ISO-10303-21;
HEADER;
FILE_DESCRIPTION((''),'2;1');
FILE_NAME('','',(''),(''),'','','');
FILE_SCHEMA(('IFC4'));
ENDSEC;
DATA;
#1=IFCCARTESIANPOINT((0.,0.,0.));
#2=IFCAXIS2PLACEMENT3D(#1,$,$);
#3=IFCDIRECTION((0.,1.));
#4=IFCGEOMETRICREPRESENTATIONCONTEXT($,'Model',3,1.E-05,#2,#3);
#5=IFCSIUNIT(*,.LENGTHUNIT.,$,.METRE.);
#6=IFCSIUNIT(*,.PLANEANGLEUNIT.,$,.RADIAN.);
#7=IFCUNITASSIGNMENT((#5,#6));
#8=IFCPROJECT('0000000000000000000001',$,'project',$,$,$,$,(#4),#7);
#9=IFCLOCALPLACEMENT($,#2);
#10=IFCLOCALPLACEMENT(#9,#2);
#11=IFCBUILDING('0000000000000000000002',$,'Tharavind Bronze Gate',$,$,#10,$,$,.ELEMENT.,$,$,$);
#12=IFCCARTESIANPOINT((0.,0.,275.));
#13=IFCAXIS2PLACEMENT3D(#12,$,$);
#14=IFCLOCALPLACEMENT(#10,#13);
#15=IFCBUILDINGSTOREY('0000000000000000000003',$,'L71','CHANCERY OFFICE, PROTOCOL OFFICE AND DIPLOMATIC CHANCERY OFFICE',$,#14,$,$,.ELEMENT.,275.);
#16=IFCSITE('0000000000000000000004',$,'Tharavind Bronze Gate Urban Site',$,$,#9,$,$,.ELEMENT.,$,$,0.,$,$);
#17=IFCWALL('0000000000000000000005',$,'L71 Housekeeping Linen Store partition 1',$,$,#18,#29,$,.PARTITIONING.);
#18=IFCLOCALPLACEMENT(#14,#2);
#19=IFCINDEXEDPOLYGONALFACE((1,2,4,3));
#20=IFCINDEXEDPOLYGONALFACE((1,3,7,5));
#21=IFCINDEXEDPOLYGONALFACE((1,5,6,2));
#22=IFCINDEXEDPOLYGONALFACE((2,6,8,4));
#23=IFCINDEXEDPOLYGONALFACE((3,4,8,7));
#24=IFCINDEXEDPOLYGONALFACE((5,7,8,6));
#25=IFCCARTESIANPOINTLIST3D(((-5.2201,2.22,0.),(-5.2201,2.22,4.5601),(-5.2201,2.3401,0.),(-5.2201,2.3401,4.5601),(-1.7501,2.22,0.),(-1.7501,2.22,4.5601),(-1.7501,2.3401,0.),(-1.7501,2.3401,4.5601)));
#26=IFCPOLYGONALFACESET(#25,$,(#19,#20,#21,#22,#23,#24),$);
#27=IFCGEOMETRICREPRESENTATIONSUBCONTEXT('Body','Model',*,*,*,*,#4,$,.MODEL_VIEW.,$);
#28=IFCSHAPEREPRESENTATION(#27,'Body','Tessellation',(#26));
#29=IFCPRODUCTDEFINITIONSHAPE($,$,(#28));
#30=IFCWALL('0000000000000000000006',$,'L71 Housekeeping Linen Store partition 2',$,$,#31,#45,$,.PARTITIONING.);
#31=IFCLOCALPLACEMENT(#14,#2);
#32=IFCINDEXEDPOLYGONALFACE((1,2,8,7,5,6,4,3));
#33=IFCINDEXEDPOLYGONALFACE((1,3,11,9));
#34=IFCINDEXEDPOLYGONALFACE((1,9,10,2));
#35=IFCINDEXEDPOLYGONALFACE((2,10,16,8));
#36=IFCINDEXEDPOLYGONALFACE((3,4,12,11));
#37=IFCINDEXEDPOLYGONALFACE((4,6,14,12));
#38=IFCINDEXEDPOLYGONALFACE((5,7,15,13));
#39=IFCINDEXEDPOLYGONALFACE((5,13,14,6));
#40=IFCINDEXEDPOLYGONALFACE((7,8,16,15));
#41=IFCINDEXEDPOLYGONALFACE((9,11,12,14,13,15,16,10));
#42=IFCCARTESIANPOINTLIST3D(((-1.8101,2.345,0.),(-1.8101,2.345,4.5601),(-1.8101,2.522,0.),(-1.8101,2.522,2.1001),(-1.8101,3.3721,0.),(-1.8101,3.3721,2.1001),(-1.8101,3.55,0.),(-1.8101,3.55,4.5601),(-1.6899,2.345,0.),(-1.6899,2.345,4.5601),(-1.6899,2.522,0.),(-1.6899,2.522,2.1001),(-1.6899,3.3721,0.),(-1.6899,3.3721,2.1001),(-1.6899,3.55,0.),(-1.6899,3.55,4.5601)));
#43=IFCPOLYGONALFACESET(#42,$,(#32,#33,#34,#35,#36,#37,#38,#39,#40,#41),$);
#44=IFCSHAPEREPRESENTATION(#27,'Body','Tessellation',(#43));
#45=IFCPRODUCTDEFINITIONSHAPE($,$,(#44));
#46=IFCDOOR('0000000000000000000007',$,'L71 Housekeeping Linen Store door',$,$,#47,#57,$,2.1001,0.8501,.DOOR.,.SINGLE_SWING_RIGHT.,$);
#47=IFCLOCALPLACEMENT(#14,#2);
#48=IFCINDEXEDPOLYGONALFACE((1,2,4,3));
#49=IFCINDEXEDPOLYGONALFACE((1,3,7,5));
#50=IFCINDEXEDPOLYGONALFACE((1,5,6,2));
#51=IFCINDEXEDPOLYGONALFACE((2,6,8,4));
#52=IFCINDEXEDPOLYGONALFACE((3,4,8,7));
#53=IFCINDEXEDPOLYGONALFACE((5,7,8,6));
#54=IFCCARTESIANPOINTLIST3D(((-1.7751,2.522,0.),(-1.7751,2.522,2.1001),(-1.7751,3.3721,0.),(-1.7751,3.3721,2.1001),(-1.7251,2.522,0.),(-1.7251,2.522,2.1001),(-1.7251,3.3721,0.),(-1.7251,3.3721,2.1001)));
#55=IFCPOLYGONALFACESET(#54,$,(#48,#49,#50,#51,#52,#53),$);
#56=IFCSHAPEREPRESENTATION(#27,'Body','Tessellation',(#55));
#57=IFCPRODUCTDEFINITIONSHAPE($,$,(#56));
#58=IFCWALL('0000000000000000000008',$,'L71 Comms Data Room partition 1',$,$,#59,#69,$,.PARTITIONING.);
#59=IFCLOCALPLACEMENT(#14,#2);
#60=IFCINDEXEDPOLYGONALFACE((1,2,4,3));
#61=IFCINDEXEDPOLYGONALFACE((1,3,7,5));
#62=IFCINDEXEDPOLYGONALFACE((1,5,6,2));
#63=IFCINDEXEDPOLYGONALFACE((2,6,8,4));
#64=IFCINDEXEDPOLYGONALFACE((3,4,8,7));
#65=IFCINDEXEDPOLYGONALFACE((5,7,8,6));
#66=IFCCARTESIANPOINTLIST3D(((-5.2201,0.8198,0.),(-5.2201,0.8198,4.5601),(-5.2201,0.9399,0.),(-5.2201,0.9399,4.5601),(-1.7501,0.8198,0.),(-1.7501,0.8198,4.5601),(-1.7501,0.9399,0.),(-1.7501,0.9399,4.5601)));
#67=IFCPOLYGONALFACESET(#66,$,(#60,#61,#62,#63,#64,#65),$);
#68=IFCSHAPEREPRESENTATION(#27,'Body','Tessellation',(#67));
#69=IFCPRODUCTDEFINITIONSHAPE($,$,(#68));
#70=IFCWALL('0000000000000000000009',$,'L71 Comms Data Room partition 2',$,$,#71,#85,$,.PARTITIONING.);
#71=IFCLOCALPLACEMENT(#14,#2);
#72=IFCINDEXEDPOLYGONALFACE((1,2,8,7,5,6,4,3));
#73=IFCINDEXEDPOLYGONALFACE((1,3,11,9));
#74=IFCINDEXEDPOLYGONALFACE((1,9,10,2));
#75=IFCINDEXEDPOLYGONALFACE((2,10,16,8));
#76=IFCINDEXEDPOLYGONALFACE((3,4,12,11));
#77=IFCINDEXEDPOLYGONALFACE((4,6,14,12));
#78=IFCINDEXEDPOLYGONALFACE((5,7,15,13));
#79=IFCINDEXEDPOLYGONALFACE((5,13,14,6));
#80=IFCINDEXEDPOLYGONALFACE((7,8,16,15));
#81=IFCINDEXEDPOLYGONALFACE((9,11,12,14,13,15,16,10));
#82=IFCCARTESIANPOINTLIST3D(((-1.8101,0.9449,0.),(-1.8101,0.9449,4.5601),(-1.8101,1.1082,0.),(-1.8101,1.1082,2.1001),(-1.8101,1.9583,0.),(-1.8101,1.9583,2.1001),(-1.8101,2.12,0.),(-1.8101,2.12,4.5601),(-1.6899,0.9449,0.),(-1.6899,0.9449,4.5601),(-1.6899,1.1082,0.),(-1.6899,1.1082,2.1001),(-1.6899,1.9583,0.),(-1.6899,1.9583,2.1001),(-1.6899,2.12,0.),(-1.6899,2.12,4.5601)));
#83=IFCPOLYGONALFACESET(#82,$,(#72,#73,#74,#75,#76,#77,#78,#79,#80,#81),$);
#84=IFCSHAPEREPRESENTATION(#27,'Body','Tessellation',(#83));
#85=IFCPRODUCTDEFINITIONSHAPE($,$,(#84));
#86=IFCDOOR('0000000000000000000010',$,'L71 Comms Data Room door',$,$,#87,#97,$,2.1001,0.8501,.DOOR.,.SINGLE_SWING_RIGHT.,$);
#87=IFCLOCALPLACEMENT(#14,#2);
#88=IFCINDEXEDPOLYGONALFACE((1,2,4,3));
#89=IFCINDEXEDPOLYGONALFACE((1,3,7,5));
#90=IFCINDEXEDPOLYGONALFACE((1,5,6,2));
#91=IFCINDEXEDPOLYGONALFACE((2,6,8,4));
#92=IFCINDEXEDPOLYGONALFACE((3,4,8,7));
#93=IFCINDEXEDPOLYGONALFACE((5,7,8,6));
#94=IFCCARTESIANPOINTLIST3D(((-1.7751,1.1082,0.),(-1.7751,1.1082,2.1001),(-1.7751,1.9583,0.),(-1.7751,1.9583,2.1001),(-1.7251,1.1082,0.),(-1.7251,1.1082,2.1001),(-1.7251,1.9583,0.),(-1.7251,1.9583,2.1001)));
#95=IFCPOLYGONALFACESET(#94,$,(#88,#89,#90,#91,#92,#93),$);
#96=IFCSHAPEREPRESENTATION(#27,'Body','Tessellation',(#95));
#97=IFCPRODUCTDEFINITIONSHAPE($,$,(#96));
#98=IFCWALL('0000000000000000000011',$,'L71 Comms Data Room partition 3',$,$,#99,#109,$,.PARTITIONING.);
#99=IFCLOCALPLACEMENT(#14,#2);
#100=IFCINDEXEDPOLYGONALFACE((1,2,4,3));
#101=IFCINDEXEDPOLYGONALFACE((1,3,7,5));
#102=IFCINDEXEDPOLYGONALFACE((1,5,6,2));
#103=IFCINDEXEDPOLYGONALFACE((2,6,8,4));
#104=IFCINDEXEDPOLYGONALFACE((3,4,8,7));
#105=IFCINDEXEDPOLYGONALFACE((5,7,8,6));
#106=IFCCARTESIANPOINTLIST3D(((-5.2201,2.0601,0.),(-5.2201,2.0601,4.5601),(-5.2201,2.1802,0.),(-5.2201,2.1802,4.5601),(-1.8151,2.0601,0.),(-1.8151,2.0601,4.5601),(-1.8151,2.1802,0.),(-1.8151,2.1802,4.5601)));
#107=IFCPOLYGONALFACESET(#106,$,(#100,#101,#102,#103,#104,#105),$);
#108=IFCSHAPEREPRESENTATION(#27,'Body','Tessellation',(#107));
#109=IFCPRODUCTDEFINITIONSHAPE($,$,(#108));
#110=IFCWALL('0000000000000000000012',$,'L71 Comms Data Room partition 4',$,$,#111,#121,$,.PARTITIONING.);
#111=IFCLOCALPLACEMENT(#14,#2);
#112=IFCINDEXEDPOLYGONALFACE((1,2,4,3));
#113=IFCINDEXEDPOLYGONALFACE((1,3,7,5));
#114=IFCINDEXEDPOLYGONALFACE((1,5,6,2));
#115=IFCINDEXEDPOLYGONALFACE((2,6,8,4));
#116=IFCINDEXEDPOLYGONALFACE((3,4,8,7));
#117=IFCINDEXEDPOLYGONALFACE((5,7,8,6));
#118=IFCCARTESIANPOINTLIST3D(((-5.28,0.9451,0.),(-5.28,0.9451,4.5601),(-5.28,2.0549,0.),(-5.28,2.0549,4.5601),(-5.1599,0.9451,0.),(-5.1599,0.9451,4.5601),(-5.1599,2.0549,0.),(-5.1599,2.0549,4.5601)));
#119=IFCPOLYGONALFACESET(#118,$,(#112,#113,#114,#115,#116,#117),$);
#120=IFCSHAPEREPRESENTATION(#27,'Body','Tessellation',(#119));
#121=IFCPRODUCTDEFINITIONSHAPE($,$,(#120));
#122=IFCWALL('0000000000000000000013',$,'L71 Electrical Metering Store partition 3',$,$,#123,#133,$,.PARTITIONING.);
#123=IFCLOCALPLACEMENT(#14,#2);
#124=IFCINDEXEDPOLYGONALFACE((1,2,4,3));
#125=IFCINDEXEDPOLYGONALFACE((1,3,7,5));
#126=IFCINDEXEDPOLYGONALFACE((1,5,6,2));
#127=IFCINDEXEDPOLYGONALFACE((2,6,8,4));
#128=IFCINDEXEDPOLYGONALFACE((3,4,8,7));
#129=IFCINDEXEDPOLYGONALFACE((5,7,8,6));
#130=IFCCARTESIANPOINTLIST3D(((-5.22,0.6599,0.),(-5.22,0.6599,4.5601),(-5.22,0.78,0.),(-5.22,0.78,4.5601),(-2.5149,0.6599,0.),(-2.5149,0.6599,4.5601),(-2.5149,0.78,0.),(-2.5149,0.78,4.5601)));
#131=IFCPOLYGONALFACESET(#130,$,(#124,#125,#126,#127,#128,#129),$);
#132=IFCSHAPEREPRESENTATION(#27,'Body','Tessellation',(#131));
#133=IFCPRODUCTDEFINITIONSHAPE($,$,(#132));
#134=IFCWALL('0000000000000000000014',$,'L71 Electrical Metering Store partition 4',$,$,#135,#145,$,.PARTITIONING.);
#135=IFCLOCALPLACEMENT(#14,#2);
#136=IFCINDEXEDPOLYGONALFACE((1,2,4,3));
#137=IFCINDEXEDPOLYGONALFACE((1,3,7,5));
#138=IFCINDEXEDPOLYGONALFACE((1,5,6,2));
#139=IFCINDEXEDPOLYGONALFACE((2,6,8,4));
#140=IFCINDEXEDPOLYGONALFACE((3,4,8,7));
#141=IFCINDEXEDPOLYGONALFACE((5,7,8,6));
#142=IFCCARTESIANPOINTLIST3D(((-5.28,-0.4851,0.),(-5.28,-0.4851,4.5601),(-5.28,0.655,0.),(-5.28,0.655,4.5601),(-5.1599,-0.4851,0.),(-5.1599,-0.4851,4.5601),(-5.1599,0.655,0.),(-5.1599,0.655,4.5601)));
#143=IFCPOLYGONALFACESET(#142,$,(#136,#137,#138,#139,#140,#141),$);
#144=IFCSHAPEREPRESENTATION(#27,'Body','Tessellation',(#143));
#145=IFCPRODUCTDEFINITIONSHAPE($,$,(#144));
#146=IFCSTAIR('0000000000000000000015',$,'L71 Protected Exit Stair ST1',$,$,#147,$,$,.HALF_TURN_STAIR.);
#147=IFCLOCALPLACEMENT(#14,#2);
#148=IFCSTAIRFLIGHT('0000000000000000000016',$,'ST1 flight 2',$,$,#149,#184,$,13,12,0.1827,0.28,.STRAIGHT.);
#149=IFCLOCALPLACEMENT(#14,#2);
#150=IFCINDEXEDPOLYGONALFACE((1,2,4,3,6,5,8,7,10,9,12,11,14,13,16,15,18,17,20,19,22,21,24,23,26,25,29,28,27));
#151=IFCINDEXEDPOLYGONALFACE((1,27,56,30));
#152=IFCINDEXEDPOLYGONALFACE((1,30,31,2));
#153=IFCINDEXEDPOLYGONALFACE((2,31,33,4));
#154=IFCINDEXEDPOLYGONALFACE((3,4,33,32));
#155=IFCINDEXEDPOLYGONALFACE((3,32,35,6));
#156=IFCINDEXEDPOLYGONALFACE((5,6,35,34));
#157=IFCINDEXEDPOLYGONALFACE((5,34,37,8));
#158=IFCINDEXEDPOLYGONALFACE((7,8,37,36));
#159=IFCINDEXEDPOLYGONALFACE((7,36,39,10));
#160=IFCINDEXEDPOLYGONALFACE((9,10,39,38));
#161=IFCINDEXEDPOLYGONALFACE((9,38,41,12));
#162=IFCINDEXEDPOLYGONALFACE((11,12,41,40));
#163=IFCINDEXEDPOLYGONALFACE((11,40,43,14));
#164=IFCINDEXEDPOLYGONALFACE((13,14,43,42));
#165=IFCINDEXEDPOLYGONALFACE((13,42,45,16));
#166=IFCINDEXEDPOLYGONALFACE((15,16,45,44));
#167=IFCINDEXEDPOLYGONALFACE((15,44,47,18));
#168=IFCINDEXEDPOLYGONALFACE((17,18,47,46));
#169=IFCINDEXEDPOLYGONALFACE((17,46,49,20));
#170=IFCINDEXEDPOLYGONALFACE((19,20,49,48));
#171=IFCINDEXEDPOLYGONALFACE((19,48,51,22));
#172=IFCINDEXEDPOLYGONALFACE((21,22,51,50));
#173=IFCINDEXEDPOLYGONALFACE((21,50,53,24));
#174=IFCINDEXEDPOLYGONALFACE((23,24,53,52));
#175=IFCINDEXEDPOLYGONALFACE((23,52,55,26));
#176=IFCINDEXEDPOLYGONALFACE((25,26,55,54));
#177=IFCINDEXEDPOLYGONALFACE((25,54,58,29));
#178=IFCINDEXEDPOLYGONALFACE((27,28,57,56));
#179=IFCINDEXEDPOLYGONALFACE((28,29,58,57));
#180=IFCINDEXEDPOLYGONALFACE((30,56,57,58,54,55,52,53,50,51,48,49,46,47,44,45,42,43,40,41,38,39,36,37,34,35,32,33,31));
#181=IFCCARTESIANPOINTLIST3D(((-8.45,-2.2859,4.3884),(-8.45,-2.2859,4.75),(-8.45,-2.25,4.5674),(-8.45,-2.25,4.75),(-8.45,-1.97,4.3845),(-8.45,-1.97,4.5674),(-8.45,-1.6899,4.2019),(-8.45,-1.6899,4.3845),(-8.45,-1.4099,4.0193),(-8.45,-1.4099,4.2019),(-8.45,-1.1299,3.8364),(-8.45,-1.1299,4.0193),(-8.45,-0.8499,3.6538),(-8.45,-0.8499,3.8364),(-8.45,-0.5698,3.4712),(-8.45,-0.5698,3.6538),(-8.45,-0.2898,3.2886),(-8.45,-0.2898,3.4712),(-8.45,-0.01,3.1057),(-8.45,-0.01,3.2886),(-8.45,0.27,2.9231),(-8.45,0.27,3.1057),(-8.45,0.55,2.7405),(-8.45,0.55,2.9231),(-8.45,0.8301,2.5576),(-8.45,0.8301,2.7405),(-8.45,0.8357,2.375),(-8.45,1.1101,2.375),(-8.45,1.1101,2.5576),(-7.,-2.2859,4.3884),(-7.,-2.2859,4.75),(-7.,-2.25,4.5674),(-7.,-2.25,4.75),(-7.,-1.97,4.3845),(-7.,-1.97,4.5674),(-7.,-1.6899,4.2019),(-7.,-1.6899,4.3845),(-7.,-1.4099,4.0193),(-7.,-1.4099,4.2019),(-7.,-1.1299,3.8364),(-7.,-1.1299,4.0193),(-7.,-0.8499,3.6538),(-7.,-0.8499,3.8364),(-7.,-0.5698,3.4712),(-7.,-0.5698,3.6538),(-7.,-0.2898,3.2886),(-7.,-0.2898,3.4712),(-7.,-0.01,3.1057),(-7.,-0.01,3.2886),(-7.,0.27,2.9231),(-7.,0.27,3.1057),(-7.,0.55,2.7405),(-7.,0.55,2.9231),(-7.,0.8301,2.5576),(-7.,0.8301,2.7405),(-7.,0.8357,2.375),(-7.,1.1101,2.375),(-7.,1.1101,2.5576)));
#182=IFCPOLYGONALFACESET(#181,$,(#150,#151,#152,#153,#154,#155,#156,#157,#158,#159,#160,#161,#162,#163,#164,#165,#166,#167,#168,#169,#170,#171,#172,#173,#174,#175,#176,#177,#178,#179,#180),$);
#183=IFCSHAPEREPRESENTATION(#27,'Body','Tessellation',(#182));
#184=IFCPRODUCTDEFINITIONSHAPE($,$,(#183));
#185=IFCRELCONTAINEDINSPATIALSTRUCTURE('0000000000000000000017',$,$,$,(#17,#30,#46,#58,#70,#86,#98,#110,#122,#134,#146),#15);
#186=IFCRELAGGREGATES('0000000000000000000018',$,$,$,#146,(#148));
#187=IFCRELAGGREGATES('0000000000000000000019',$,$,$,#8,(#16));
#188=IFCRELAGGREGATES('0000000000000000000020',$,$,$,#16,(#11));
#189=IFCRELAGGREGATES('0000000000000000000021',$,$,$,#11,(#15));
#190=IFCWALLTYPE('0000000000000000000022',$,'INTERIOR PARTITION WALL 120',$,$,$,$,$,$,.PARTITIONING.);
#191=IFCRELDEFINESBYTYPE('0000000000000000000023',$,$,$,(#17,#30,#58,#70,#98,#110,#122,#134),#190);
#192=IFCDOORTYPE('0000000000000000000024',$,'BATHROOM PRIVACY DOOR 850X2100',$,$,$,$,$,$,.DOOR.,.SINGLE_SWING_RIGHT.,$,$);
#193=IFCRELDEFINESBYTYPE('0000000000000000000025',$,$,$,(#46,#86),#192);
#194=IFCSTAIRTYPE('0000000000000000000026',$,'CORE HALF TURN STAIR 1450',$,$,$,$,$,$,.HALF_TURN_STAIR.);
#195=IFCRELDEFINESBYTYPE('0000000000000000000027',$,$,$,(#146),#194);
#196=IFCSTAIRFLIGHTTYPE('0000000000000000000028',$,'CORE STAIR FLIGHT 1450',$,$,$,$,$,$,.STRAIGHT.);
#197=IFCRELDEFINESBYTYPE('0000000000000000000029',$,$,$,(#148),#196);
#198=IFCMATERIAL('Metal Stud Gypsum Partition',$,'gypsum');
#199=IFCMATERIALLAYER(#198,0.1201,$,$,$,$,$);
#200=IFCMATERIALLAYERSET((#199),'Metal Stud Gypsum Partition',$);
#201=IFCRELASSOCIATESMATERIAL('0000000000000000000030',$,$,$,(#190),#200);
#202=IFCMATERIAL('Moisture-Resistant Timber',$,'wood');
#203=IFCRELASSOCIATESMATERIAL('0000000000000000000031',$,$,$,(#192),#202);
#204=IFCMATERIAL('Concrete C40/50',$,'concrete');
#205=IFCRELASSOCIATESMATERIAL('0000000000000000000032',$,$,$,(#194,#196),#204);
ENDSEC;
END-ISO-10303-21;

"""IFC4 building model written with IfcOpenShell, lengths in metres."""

from ifc_helpers import new_model, si_unit, direction, frame, frame_2d, origin, place, context, subcontext, project, spatial, polyline, rectangle, outline, extrude, material, layer, layer_set, type_object, element, fill, aggregate, save


model = new_model("IFC4")

# Units and contexts
model_context = context("Model", 3, precision=1e-05, world=origin(), true_north=direction((0.0, 1.0)))
body_context = subcontext(model_context, "Body", "Model", "MODEL_VIEW")
ifc_project = project(units=[si_unit("LENGTHUNIT", "METRE"), si_unit("PLANEANGLEUNIT", "RADIAN")], contexts=[model_context])

# Site, building, storey
site_placement = place(None, origin())
site = spatial("IfcSite", under=ifc_project, at=site_placement, Name="Tharavind Bronze Gate Urban Site", CompositionType="ELEMENT", RefElevation=0.0)
building_placement = place(site_placement, origin())
building = spatial("IfcBuilding", under=site, at=building_placement, Name="Tharavind Bronze Gate", CompositionType="ELEMENT")
storey_placement = place(building_placement, frame((0.0, 0.0, 275.0)))
storey = spatial("IfcBuildingStorey", under=building, at=storey_placement, Name="L71", Description="CHANCERY OFFICE, PROTOCOL OFFICE AND DIPLOMATIC CHANCERY OFFICE", CompositionType="ELEMENT", Elevation=275.0)

# Wall
ifc_material_1 = material(Name="Metal Stud Gypsum Partition", Category="gypsum")
ifc_layer_1 = layer(ifc_material_1, 0.1201)
ifc_layer_set_1 = layer_set([ifc_layer_1], Name="Metal Stud Gypsum Partition")
wall_type = type_object("IfcWallType", Name="INTERIOR PARTITION WALL 120", PredefinedType="PARTITIONING", material=ifc_layer_set_1)
wall_1_placement = place(storey_placement, frame((-5.22, 2.28, 0.0), z_axis=(0.0, 0.0, 1.0), x_axis=(1.0, 0.0, 0.0)))
element("IfcWall", 1, at=wall_1_placement, inside=storey, type_object=wall_type, Name="L71 Housekeeping Linen Store partition 1", PredefinedType="PARTITIONING", context=body_context, shape_type="SweptSolid", body=[
    extrude(rectangle(XDim=3.47, YDim=0.1201, at=frame_2d((1.7349, 0.0))), origin(), (0.0, 0.0, 1.0), 4.5601),
])

# Wall, opening, door
wall_2_placement = place(storey_placement, frame((-1.75, 2.345, 0.0), z_axis=(0.0, 0.0, 1.0), x_axis=(0.0, 1.0, 0.0)))
wall_2 = element("IfcWall", 2, at=wall_2_placement, inside=storey, type_object=wall_type, Name="L71 Housekeeping Linen Store partition 2", PredefinedType="PARTITIONING", context=body_context, shape_type="SweptSolid", body=[
    extrude(rectangle(XDim=1.2051, YDim=0.1201, at=frame_2d((0.6025, 0.0))), origin(), (0.0, 0.0, 1.0), 4.5601),
])
opening_1_placement = place(wall_2_placement, frame((0.177, 0.0, 0.0)))
opening_1 = element("IfcOpeningElement", 3, at=opening_1_placement, cuts=wall_2, PredefinedType="OPENING", context=body_context, shape_type="SweptSolid", body=[
    extrude(rectangle(XDim=0.8501, YDim=2.1001, at=frame_2d((0.425, 1.05))), frame((0.0, 0.0701, 0.0), z_axis=(0.0, -1.0, 0.0), x_axis=(1.0, 0.0, 0.0)), (0.0, 0.0, 1.0), 0.1401),
])
ifc_material_2 = material(Name="Moisture-Resistant Timber", Category="wood")
door_type = type_object("IfcDoorType", Name="BATHROOM PRIVACY DOOR 850X2100", OperationType="SINGLE_SWING_RIGHT", PredefinedType="DOOR", material=ifc_material_2)
door_1_placement = place(opening_1_placement, frame((0.8501, 0.0, 0.0), z_axis=(0.0, 0.0, 1.0), x_axis=(-1.0, 0.0, 0.0)))
door_1 = element("IfcDoor", 4, at=door_1_placement, inside=storey, type_object=door_type, Name="L71 Housekeeping Linen Store door", OperationType="SINGLE_SWING_RIGHT", OverallHeight=2.1001, OverallWidth=0.8501, PredefinedType="DOOR", context=body_context, shape_type="SweptSolid", body=[
    extrude(rectangle(XDim=0.8501, YDim=2.1001, at=frame_2d((0.425, 1.05))), frame((0.0, 0.0249, 0.0), z_axis=(0.0, -1.0, 0.0), x_axis=(1.0, 0.0, 0.0)), (0.0, 0.0, 1.0), 0.05),
])
fill(opening_1, door_1)

# Wall
wall_3_placement = place(storey_placement, frame((-5.22, 0.8799, 0.0), z_axis=(0.0, 0.0, 1.0), x_axis=(1.0, 0.0, 0.0)))
element("IfcWall", 5, at=wall_3_placement, inside=storey, type_object=wall_type, Name="L71 Comms Data Room partition 1", PredefinedType="PARTITIONING", context=body_context, shape_type="SweptSolid", body=[
    extrude(rectangle(XDim=3.47, YDim=0.1201, at=frame_2d((1.7349, 0.0))), origin(), (0.0, 0.0, 1.0), 4.5601),
])

# Wall, opening, door
wall_4_placement = place(storey_placement, frame((-1.75, 0.9451, 0.0), z_axis=(0.0, 0.0, 1.0), x_axis=(0.0, 1.0, 0.0)))
wall_4 = element("IfcWall", 6, at=wall_4_placement, inside=storey, type_object=wall_type, Name="L71 Comms Data Room partition 2", PredefinedType="PARTITIONING", context=body_context, shape_type="SweptSolid", body=[
    extrude(rectangle(XDim=1.175, YDim=0.1201, at=frame_2d((0.5874, 0.0))), origin(), (0.0, 0.0, 1.0), 4.5601),
])
opening_2_placement = place(wall_4_placement, frame((0.1631, 0.0, 0.0)))
opening_2 = element("IfcOpeningElement", 7, at=opening_2_placement, cuts=wall_4, PredefinedType="OPENING", context=body_context, shape_type="SweptSolid", body=[
    extrude(rectangle(XDim=0.8501, YDim=2.1001, at=frame_2d((0.425, 1.05))), frame((0.0, 0.0701, 0.0), z_axis=(0.0, -1.0, 0.0), x_axis=(1.0, 0.0, 0.0)), (0.0, 0.0, 1.0), 0.1401),
])
door_2_placement = place(opening_2_placement, frame((0.8501, 0.0, 0.0), z_axis=(0.0, 0.0, 1.0), x_axis=(-1.0, 0.0, 0.0)))
door_2 = element("IfcDoor", 8, at=door_2_placement, inside=storey, type_object=door_type, Name="L71 Comms Data Room door", OperationType="SINGLE_SWING_RIGHT", OverallHeight=2.1001, OverallWidth=0.8501, PredefinedType="DOOR", context=body_context, shape_type="SweptSolid", body=[
    extrude(rectangle(XDim=0.8501, YDim=2.1001, at=frame_2d((0.425, 1.05))), frame((0.0, 0.0249, 0.0), z_axis=(0.0, -1.0, 0.0), x_axis=(1.0, 0.0, 0.0)), (0.0, 0.0, 1.0), 0.05),
])
fill(opening_2, door_2)

# Walls
wall_5_placement = place(storey_placement, frame((-1.8149, 2.1201, 0.0), z_axis=(0.0, 0.0, 1.0), x_axis=(-1.0, 0.0, 0.0)))
element("IfcWall", 9, at=wall_5_placement, inside=storey, type_object=wall_type, Name="L71 Comms Data Room partition 3", PredefinedType="PARTITIONING", context=body_context, shape_type="SweptSolid", body=[
    extrude(rectangle(XDim=3.405, YDim=0.1201, at=frame_2d((1.7026, 0.0))), origin(), (0.0, 0.0, 1.0), 4.5601),
])
wall_6_placement = place(storey_placement, frame((-5.22, 2.0549, 0.0), z_axis=(0.0, 0.0, 1.0), x_axis=(0.0, -1.0, 0.0)))
element("IfcWall", 10, at=wall_6_placement, inside=storey, type_object=wall_type, Name="L71 Comms Data Room partition 4", PredefinedType="PARTITIONING", context=body_context, shape_type="SweptSolid", body=[
    extrude(rectangle(XDim=1.1099, YDim=0.1201, at=frame_2d((0.5549, 0.0))), origin(), (0.0, 0.0, 1.0), 4.5601),
])
wall_7_placement = place(storey_placement, frame((-2.5149, 0.72, 0.0), z_axis=(0.0, 0.0, 1.0), x_axis=(-1.0, 0.0, 0.0)))
element("IfcWall", 11, at=wall_7_placement, inside=storey, type_object=wall_type, Name="L71 Electrical Metering Store partition 3", PredefinedType="PARTITIONING", context=body_context, shape_type="SweptSolid", body=[
    extrude(rectangle(XDim=2.7051, YDim=0.1201, at=frame_2d((1.3525, 0.0))), origin(), (0.0, 0.0, 1.0), 4.5601),
])
wall_8_placement = place(storey_placement, frame((-5.22, 0.655, 0.0), z_axis=(0.0, 0.0, 1.0), x_axis=(0.0, -1.0, 0.0)))
element("IfcWall", 12, at=wall_8_placement, inside=storey, type_object=wall_type, Name="L71 Electrical Metering Store partition 4", PredefinedType="PARTITIONING", context=body_context, shape_type="SweptSolid", body=[
    extrude(rectangle(XDim=1.1401, YDim=0.1201, at=frame_2d((0.5701, 0.0))), origin(), (0.0, 0.0, 1.0), 4.5601),
])

# Stair, stair flight
ifc_material_3 = material(Name="Concrete C40/50", Category="concrete")
stair_type = type_object("IfcStairType", Name="CORE HALF TURN STAIR 1450", PredefinedType="HALF_TURN_STAIR", material=ifc_material_3)
stair_placement = place(storey_placement, origin())
stair = element("IfcStair", 13, at=stair_placement, inside=storey, type_object=stair_type, Name="L71 Protected Exit Stair ST1", PredefinedType="HALF_TURN_STAIR")
stair_flight_type = type_object("IfcStairFlightType", Name="CORE STAIR FLIGHT 1450", PredefinedType="STRAIGHT", material=ifc_material_3)
stair_flight_placement = place(storey_placement, frame((-7.7251, 1.1101, 2.375), z_axis=(0.0, 0.0, 1.0), x_axis=(0.0, -1.0, 0.0)))
stair_flight = element("IfcStairFlight", 14, at=stair_flight_placement, type_object=stair_flight_type, Name="ST1 flight 2", NumberOfRisers=13, NumberOfTreads=12, PredefinedType="STRAIGHT", RiserHeight=0.1827, TreadLength=0.28, context=body_context, shape_type="SweptSolid", body=[
    extrude(outline(polyline([(0.0, 0.0), (0.0, 0.1826), (0.28, 0.1826), (0.28, 0.3655), (0.5601, 0.3655), (0.5601, 0.5481), (0.8401, 0.5481), (0.8401, 0.7307), (1.1201, 0.7307), (1.1201, 0.9136), (1.3999, 0.9136), (1.3999, 1.0962), (1.6799, 1.0962), (1.6799, 1.2788), (1.96, 1.2788), (1.96, 1.4614), (2.24, 1.4614), (2.24, 1.6443), (2.52, 1.6443), (2.52, 1.8269), (2.8, 1.8269), (2.8, 2.0095), (3.0801, 2.0095), (3.0801, 2.1924), (3.3601, 2.1924), (3.3601, 2.375), (3.396, 2.375), (3.396, 2.0134), (0.2744, 0.0), (0.0, 0.0)])), frame((0.0, 0.7251, 0.0), z_axis=(0.0, -1.0, 0.0), x_axis=(1.0, 0.0, 0.0)), (0.0, 0.0, 1.0), 1.45),
])
aggregate(stair, [stair_flight])

save(model, "model.ifc")
